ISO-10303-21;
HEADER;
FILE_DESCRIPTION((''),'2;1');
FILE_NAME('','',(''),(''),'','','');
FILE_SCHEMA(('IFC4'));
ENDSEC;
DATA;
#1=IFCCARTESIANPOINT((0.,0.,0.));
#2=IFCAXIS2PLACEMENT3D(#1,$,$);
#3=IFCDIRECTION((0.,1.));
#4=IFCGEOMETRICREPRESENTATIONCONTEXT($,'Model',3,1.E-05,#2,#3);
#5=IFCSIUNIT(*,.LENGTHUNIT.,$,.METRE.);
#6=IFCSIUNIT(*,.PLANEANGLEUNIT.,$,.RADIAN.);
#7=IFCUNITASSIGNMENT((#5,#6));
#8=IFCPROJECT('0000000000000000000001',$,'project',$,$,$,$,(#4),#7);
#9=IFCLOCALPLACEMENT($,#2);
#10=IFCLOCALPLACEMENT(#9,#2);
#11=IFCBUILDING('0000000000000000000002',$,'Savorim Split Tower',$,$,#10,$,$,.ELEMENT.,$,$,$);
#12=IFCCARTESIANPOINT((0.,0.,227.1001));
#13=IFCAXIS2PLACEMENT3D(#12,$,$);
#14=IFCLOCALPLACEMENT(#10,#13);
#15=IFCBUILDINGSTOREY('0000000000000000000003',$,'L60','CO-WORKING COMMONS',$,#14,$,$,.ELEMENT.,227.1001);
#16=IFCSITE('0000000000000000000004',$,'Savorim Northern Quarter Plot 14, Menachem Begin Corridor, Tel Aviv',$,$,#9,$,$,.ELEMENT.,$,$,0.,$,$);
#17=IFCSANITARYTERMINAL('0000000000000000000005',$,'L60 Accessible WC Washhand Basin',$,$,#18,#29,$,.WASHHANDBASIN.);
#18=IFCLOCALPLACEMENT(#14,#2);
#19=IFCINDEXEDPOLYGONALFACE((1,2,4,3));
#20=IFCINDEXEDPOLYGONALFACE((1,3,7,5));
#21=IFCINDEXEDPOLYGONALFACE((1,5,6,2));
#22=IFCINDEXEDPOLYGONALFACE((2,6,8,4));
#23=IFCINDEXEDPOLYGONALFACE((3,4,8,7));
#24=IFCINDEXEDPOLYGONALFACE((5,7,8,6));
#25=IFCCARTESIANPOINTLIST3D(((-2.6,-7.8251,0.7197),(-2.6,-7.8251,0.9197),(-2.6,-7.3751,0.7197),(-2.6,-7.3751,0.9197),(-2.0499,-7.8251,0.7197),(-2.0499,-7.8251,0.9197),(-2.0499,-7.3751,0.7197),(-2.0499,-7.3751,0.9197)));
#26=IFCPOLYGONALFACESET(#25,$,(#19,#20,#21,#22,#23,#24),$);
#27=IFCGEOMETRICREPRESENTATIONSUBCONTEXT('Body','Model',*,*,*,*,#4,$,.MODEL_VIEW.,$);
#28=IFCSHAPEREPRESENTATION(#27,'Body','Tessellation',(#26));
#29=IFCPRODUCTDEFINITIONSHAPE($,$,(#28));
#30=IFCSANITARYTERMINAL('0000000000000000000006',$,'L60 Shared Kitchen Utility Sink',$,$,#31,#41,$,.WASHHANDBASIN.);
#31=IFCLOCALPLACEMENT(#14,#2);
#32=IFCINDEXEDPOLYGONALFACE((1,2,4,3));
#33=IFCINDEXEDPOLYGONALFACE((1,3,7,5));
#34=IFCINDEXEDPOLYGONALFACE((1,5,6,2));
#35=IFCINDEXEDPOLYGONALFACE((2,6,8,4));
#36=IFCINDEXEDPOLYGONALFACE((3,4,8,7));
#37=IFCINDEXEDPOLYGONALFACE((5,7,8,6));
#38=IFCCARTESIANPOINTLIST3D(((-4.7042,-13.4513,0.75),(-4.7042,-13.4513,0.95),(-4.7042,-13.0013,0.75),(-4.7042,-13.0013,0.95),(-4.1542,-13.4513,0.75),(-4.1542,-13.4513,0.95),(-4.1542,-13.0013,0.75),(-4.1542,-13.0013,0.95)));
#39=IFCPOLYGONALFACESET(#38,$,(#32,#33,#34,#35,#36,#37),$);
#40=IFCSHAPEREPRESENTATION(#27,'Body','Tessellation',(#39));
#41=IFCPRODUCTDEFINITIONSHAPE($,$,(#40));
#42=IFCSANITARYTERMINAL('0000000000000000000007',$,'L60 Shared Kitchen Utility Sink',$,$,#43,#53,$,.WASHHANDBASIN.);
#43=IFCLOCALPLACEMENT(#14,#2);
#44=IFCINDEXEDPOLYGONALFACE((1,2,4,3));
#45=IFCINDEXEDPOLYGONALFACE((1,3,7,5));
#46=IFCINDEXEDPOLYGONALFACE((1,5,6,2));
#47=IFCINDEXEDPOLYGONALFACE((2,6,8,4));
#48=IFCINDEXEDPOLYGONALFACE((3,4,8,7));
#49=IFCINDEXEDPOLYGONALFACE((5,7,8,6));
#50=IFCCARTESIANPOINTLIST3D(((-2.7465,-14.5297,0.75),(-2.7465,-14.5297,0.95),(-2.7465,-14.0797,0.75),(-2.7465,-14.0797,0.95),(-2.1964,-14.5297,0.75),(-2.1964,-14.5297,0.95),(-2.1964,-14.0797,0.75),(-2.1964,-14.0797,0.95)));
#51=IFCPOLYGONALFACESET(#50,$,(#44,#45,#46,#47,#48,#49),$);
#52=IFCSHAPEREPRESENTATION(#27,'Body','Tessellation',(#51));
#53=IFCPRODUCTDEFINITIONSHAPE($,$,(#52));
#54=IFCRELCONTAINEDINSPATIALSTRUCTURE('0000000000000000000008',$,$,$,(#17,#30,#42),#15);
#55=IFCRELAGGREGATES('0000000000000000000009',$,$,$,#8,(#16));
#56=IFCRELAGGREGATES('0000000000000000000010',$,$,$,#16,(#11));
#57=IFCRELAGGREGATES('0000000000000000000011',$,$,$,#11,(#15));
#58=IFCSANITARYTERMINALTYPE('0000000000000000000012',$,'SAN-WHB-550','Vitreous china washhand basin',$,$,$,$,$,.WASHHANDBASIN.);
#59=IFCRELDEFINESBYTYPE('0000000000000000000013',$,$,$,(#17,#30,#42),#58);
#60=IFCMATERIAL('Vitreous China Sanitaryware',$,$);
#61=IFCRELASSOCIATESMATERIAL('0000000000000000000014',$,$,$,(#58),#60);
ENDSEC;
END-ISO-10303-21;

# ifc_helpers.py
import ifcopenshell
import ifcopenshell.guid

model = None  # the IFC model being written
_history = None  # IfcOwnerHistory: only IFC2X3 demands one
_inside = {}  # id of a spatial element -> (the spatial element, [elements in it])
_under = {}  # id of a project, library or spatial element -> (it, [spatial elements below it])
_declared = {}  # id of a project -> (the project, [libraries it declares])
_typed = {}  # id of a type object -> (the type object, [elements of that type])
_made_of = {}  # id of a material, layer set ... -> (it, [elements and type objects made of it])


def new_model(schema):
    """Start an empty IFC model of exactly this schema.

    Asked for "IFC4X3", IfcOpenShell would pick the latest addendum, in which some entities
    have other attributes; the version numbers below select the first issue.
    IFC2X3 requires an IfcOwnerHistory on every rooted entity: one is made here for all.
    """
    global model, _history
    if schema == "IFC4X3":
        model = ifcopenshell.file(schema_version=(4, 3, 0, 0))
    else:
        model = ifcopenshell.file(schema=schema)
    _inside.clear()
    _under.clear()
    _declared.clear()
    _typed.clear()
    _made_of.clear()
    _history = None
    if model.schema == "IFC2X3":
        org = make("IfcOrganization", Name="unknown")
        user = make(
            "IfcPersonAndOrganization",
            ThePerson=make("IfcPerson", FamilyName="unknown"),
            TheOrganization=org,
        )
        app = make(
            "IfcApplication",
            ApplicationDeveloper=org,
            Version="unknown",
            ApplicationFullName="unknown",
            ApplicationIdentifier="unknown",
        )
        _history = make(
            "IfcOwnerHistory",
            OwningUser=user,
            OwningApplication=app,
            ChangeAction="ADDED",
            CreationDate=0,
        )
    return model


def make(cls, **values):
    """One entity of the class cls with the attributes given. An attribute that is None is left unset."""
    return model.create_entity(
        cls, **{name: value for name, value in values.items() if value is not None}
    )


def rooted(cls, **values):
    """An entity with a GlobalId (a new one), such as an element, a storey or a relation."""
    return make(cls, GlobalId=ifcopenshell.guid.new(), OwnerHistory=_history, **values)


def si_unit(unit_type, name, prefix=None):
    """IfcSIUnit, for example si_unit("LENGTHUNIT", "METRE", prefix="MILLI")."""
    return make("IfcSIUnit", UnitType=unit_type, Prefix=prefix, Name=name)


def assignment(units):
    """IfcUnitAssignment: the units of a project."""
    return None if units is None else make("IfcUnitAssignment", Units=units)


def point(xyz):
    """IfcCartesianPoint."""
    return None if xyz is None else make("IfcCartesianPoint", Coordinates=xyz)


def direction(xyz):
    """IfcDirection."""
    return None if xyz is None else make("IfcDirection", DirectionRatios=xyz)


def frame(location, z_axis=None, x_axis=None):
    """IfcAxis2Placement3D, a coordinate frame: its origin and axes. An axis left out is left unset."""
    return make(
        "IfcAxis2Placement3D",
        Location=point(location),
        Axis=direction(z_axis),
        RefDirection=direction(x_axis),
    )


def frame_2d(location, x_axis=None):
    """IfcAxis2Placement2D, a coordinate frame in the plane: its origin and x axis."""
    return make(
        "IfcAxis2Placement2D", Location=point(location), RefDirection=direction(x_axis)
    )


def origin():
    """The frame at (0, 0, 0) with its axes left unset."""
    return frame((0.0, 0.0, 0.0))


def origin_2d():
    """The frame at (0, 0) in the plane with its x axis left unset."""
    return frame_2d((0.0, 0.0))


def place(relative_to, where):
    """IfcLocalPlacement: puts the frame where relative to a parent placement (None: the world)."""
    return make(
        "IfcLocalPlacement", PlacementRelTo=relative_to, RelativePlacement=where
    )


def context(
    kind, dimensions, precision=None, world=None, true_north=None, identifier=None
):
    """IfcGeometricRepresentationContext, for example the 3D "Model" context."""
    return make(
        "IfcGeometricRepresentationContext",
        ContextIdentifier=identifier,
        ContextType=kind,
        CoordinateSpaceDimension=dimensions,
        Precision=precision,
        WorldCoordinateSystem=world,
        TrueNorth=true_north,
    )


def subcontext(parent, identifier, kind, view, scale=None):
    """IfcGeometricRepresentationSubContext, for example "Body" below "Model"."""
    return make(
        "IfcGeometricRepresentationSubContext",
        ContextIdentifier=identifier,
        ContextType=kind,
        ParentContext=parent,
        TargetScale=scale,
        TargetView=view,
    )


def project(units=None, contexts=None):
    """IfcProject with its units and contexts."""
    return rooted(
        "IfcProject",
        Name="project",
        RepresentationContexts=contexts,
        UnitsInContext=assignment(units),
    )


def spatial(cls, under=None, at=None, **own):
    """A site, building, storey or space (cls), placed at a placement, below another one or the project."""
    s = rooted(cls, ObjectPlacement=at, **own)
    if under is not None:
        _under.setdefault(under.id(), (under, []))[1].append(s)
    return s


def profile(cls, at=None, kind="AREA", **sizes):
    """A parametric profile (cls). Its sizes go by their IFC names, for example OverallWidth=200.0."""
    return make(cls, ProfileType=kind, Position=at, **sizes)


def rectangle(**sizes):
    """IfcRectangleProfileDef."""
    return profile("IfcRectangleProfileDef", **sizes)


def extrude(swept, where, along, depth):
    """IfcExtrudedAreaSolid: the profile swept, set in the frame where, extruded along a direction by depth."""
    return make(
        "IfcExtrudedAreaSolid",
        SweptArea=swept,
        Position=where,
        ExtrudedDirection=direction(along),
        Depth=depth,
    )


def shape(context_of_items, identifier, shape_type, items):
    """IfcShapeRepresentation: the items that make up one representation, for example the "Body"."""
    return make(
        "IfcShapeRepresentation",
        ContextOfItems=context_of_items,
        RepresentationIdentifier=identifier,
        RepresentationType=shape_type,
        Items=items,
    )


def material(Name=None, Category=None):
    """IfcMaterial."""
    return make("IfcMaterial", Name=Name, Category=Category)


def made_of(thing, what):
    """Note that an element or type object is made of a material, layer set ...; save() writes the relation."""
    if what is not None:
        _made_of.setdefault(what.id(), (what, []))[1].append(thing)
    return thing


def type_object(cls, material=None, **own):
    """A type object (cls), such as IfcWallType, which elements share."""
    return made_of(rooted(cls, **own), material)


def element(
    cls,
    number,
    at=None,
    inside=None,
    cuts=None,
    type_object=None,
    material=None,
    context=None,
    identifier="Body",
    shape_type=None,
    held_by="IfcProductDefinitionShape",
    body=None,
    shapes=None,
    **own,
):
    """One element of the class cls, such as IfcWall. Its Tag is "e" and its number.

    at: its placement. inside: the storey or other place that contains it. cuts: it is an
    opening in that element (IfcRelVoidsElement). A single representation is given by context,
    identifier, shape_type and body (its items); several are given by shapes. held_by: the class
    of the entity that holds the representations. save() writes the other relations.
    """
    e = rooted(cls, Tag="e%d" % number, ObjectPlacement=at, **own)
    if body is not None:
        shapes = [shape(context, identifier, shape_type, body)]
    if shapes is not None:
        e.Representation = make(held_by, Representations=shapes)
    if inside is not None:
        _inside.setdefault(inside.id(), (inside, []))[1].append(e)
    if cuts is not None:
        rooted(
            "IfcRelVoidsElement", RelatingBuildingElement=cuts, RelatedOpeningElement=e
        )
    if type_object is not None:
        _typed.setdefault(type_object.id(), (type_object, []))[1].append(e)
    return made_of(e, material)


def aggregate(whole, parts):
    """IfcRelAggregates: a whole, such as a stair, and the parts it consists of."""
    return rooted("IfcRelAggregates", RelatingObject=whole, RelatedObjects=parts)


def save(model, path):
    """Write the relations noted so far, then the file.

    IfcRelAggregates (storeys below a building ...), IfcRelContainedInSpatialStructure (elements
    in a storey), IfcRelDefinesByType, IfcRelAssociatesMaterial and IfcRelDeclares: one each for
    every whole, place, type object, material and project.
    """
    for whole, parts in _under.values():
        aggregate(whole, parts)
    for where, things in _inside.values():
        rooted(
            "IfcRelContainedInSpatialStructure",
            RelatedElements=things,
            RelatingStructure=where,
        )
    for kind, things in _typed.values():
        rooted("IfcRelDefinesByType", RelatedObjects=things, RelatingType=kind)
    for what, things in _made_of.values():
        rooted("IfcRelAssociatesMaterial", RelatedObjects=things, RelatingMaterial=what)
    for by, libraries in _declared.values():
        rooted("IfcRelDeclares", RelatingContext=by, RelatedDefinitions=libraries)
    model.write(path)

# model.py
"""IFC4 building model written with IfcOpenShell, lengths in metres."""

from ifc_helpers import new_model, si_unit, direction, frame, origin, origin_2d, place, context, subcontext, project, spatial, rectangle, extrude, material, type_object, element, save


model = new_model("IFC4")

# Units and contexts
model_context = context("Model", 3, precision=1e-05, world=origin(), true_north=direction((0.0, 1.0)))
body_context = subcontext(model_context, "Body", "Model", "MODEL_VIEW")
ifc_project = project(units=[si_unit("LENGTHUNIT", "METRE"), si_unit("PLANEANGLEUNIT", "RADIAN")], contexts=[model_context])

# Site, building, storey
site_placement = place(None, origin())
site = spatial("IfcSite", under=ifc_project, at=site_placement, Name="Savorim Northern Quarter Plot 14, Menachem Begin Corridor, Tel Aviv", CompositionType="ELEMENT", RefElevation=0.0)
building_placement = place(site_placement, origin())
building = spatial("IfcBuilding", under=site, at=building_placement, Name="Savorim Split Tower", CompositionType="ELEMENT")
storey_placement = place(building_placement, frame((0.0, 0.0, 227.1001)))
storey = spatial("IfcBuildingStorey", under=building, at=storey_placement, Name="L60", Description="CO-WORKING COMMONS", CompositionType="ELEMENT", Elevation=227.1001)

# Sanitary terminals
ifc_material_1 = material(Name="Vitreous China Sanitaryware")
sanitary_terminal_type_1 = type_object("IfcSanitaryTerminalType", Name="SAN-WHB-550", Description="Vitreous china washhand basin", PredefinedType="WASHHANDBASIN", material=ifc_material_1)
for number, where, z_axis, x_axis, name in (
    (1, (-2.325, -7.6001, 0.7197), (0.0, 0.0, 1.0), (1.0, 0.0, 0.0), "L60 Accessible WC Washhand Basin"),
    (2, (-4.4292, -13.2263, 0.75), (0.0, 0.0, 1.0), (1.0, 0.0, 0.0), "L60 Shared Kitchen Utility Sink"),
    (3, (-2.4714, -14.3047, 0.75), (0.0, 0.0, 1.0), (1.0, 0.0, 0.0), "L60 Shared Kitchen Utility Sink"),
):
    element("IfcSanitaryTerminal", number, at=place(storey_placement, frame(where, z_axis=z_axis, x_axis=x_axis)), inside=storey, type_object=sanitary_terminal_type_1, Name=name, PredefinedType="WASHHANDBASIN", context=body_context, shape_type="SweptSolid", body=[
        extrude(rectangle(XDim=0.55, YDim=0.45, at=origin_2d()), origin(), (0.0, 0.0, 1.0), 0.2),
    ])

save(model, "model.ifc")
